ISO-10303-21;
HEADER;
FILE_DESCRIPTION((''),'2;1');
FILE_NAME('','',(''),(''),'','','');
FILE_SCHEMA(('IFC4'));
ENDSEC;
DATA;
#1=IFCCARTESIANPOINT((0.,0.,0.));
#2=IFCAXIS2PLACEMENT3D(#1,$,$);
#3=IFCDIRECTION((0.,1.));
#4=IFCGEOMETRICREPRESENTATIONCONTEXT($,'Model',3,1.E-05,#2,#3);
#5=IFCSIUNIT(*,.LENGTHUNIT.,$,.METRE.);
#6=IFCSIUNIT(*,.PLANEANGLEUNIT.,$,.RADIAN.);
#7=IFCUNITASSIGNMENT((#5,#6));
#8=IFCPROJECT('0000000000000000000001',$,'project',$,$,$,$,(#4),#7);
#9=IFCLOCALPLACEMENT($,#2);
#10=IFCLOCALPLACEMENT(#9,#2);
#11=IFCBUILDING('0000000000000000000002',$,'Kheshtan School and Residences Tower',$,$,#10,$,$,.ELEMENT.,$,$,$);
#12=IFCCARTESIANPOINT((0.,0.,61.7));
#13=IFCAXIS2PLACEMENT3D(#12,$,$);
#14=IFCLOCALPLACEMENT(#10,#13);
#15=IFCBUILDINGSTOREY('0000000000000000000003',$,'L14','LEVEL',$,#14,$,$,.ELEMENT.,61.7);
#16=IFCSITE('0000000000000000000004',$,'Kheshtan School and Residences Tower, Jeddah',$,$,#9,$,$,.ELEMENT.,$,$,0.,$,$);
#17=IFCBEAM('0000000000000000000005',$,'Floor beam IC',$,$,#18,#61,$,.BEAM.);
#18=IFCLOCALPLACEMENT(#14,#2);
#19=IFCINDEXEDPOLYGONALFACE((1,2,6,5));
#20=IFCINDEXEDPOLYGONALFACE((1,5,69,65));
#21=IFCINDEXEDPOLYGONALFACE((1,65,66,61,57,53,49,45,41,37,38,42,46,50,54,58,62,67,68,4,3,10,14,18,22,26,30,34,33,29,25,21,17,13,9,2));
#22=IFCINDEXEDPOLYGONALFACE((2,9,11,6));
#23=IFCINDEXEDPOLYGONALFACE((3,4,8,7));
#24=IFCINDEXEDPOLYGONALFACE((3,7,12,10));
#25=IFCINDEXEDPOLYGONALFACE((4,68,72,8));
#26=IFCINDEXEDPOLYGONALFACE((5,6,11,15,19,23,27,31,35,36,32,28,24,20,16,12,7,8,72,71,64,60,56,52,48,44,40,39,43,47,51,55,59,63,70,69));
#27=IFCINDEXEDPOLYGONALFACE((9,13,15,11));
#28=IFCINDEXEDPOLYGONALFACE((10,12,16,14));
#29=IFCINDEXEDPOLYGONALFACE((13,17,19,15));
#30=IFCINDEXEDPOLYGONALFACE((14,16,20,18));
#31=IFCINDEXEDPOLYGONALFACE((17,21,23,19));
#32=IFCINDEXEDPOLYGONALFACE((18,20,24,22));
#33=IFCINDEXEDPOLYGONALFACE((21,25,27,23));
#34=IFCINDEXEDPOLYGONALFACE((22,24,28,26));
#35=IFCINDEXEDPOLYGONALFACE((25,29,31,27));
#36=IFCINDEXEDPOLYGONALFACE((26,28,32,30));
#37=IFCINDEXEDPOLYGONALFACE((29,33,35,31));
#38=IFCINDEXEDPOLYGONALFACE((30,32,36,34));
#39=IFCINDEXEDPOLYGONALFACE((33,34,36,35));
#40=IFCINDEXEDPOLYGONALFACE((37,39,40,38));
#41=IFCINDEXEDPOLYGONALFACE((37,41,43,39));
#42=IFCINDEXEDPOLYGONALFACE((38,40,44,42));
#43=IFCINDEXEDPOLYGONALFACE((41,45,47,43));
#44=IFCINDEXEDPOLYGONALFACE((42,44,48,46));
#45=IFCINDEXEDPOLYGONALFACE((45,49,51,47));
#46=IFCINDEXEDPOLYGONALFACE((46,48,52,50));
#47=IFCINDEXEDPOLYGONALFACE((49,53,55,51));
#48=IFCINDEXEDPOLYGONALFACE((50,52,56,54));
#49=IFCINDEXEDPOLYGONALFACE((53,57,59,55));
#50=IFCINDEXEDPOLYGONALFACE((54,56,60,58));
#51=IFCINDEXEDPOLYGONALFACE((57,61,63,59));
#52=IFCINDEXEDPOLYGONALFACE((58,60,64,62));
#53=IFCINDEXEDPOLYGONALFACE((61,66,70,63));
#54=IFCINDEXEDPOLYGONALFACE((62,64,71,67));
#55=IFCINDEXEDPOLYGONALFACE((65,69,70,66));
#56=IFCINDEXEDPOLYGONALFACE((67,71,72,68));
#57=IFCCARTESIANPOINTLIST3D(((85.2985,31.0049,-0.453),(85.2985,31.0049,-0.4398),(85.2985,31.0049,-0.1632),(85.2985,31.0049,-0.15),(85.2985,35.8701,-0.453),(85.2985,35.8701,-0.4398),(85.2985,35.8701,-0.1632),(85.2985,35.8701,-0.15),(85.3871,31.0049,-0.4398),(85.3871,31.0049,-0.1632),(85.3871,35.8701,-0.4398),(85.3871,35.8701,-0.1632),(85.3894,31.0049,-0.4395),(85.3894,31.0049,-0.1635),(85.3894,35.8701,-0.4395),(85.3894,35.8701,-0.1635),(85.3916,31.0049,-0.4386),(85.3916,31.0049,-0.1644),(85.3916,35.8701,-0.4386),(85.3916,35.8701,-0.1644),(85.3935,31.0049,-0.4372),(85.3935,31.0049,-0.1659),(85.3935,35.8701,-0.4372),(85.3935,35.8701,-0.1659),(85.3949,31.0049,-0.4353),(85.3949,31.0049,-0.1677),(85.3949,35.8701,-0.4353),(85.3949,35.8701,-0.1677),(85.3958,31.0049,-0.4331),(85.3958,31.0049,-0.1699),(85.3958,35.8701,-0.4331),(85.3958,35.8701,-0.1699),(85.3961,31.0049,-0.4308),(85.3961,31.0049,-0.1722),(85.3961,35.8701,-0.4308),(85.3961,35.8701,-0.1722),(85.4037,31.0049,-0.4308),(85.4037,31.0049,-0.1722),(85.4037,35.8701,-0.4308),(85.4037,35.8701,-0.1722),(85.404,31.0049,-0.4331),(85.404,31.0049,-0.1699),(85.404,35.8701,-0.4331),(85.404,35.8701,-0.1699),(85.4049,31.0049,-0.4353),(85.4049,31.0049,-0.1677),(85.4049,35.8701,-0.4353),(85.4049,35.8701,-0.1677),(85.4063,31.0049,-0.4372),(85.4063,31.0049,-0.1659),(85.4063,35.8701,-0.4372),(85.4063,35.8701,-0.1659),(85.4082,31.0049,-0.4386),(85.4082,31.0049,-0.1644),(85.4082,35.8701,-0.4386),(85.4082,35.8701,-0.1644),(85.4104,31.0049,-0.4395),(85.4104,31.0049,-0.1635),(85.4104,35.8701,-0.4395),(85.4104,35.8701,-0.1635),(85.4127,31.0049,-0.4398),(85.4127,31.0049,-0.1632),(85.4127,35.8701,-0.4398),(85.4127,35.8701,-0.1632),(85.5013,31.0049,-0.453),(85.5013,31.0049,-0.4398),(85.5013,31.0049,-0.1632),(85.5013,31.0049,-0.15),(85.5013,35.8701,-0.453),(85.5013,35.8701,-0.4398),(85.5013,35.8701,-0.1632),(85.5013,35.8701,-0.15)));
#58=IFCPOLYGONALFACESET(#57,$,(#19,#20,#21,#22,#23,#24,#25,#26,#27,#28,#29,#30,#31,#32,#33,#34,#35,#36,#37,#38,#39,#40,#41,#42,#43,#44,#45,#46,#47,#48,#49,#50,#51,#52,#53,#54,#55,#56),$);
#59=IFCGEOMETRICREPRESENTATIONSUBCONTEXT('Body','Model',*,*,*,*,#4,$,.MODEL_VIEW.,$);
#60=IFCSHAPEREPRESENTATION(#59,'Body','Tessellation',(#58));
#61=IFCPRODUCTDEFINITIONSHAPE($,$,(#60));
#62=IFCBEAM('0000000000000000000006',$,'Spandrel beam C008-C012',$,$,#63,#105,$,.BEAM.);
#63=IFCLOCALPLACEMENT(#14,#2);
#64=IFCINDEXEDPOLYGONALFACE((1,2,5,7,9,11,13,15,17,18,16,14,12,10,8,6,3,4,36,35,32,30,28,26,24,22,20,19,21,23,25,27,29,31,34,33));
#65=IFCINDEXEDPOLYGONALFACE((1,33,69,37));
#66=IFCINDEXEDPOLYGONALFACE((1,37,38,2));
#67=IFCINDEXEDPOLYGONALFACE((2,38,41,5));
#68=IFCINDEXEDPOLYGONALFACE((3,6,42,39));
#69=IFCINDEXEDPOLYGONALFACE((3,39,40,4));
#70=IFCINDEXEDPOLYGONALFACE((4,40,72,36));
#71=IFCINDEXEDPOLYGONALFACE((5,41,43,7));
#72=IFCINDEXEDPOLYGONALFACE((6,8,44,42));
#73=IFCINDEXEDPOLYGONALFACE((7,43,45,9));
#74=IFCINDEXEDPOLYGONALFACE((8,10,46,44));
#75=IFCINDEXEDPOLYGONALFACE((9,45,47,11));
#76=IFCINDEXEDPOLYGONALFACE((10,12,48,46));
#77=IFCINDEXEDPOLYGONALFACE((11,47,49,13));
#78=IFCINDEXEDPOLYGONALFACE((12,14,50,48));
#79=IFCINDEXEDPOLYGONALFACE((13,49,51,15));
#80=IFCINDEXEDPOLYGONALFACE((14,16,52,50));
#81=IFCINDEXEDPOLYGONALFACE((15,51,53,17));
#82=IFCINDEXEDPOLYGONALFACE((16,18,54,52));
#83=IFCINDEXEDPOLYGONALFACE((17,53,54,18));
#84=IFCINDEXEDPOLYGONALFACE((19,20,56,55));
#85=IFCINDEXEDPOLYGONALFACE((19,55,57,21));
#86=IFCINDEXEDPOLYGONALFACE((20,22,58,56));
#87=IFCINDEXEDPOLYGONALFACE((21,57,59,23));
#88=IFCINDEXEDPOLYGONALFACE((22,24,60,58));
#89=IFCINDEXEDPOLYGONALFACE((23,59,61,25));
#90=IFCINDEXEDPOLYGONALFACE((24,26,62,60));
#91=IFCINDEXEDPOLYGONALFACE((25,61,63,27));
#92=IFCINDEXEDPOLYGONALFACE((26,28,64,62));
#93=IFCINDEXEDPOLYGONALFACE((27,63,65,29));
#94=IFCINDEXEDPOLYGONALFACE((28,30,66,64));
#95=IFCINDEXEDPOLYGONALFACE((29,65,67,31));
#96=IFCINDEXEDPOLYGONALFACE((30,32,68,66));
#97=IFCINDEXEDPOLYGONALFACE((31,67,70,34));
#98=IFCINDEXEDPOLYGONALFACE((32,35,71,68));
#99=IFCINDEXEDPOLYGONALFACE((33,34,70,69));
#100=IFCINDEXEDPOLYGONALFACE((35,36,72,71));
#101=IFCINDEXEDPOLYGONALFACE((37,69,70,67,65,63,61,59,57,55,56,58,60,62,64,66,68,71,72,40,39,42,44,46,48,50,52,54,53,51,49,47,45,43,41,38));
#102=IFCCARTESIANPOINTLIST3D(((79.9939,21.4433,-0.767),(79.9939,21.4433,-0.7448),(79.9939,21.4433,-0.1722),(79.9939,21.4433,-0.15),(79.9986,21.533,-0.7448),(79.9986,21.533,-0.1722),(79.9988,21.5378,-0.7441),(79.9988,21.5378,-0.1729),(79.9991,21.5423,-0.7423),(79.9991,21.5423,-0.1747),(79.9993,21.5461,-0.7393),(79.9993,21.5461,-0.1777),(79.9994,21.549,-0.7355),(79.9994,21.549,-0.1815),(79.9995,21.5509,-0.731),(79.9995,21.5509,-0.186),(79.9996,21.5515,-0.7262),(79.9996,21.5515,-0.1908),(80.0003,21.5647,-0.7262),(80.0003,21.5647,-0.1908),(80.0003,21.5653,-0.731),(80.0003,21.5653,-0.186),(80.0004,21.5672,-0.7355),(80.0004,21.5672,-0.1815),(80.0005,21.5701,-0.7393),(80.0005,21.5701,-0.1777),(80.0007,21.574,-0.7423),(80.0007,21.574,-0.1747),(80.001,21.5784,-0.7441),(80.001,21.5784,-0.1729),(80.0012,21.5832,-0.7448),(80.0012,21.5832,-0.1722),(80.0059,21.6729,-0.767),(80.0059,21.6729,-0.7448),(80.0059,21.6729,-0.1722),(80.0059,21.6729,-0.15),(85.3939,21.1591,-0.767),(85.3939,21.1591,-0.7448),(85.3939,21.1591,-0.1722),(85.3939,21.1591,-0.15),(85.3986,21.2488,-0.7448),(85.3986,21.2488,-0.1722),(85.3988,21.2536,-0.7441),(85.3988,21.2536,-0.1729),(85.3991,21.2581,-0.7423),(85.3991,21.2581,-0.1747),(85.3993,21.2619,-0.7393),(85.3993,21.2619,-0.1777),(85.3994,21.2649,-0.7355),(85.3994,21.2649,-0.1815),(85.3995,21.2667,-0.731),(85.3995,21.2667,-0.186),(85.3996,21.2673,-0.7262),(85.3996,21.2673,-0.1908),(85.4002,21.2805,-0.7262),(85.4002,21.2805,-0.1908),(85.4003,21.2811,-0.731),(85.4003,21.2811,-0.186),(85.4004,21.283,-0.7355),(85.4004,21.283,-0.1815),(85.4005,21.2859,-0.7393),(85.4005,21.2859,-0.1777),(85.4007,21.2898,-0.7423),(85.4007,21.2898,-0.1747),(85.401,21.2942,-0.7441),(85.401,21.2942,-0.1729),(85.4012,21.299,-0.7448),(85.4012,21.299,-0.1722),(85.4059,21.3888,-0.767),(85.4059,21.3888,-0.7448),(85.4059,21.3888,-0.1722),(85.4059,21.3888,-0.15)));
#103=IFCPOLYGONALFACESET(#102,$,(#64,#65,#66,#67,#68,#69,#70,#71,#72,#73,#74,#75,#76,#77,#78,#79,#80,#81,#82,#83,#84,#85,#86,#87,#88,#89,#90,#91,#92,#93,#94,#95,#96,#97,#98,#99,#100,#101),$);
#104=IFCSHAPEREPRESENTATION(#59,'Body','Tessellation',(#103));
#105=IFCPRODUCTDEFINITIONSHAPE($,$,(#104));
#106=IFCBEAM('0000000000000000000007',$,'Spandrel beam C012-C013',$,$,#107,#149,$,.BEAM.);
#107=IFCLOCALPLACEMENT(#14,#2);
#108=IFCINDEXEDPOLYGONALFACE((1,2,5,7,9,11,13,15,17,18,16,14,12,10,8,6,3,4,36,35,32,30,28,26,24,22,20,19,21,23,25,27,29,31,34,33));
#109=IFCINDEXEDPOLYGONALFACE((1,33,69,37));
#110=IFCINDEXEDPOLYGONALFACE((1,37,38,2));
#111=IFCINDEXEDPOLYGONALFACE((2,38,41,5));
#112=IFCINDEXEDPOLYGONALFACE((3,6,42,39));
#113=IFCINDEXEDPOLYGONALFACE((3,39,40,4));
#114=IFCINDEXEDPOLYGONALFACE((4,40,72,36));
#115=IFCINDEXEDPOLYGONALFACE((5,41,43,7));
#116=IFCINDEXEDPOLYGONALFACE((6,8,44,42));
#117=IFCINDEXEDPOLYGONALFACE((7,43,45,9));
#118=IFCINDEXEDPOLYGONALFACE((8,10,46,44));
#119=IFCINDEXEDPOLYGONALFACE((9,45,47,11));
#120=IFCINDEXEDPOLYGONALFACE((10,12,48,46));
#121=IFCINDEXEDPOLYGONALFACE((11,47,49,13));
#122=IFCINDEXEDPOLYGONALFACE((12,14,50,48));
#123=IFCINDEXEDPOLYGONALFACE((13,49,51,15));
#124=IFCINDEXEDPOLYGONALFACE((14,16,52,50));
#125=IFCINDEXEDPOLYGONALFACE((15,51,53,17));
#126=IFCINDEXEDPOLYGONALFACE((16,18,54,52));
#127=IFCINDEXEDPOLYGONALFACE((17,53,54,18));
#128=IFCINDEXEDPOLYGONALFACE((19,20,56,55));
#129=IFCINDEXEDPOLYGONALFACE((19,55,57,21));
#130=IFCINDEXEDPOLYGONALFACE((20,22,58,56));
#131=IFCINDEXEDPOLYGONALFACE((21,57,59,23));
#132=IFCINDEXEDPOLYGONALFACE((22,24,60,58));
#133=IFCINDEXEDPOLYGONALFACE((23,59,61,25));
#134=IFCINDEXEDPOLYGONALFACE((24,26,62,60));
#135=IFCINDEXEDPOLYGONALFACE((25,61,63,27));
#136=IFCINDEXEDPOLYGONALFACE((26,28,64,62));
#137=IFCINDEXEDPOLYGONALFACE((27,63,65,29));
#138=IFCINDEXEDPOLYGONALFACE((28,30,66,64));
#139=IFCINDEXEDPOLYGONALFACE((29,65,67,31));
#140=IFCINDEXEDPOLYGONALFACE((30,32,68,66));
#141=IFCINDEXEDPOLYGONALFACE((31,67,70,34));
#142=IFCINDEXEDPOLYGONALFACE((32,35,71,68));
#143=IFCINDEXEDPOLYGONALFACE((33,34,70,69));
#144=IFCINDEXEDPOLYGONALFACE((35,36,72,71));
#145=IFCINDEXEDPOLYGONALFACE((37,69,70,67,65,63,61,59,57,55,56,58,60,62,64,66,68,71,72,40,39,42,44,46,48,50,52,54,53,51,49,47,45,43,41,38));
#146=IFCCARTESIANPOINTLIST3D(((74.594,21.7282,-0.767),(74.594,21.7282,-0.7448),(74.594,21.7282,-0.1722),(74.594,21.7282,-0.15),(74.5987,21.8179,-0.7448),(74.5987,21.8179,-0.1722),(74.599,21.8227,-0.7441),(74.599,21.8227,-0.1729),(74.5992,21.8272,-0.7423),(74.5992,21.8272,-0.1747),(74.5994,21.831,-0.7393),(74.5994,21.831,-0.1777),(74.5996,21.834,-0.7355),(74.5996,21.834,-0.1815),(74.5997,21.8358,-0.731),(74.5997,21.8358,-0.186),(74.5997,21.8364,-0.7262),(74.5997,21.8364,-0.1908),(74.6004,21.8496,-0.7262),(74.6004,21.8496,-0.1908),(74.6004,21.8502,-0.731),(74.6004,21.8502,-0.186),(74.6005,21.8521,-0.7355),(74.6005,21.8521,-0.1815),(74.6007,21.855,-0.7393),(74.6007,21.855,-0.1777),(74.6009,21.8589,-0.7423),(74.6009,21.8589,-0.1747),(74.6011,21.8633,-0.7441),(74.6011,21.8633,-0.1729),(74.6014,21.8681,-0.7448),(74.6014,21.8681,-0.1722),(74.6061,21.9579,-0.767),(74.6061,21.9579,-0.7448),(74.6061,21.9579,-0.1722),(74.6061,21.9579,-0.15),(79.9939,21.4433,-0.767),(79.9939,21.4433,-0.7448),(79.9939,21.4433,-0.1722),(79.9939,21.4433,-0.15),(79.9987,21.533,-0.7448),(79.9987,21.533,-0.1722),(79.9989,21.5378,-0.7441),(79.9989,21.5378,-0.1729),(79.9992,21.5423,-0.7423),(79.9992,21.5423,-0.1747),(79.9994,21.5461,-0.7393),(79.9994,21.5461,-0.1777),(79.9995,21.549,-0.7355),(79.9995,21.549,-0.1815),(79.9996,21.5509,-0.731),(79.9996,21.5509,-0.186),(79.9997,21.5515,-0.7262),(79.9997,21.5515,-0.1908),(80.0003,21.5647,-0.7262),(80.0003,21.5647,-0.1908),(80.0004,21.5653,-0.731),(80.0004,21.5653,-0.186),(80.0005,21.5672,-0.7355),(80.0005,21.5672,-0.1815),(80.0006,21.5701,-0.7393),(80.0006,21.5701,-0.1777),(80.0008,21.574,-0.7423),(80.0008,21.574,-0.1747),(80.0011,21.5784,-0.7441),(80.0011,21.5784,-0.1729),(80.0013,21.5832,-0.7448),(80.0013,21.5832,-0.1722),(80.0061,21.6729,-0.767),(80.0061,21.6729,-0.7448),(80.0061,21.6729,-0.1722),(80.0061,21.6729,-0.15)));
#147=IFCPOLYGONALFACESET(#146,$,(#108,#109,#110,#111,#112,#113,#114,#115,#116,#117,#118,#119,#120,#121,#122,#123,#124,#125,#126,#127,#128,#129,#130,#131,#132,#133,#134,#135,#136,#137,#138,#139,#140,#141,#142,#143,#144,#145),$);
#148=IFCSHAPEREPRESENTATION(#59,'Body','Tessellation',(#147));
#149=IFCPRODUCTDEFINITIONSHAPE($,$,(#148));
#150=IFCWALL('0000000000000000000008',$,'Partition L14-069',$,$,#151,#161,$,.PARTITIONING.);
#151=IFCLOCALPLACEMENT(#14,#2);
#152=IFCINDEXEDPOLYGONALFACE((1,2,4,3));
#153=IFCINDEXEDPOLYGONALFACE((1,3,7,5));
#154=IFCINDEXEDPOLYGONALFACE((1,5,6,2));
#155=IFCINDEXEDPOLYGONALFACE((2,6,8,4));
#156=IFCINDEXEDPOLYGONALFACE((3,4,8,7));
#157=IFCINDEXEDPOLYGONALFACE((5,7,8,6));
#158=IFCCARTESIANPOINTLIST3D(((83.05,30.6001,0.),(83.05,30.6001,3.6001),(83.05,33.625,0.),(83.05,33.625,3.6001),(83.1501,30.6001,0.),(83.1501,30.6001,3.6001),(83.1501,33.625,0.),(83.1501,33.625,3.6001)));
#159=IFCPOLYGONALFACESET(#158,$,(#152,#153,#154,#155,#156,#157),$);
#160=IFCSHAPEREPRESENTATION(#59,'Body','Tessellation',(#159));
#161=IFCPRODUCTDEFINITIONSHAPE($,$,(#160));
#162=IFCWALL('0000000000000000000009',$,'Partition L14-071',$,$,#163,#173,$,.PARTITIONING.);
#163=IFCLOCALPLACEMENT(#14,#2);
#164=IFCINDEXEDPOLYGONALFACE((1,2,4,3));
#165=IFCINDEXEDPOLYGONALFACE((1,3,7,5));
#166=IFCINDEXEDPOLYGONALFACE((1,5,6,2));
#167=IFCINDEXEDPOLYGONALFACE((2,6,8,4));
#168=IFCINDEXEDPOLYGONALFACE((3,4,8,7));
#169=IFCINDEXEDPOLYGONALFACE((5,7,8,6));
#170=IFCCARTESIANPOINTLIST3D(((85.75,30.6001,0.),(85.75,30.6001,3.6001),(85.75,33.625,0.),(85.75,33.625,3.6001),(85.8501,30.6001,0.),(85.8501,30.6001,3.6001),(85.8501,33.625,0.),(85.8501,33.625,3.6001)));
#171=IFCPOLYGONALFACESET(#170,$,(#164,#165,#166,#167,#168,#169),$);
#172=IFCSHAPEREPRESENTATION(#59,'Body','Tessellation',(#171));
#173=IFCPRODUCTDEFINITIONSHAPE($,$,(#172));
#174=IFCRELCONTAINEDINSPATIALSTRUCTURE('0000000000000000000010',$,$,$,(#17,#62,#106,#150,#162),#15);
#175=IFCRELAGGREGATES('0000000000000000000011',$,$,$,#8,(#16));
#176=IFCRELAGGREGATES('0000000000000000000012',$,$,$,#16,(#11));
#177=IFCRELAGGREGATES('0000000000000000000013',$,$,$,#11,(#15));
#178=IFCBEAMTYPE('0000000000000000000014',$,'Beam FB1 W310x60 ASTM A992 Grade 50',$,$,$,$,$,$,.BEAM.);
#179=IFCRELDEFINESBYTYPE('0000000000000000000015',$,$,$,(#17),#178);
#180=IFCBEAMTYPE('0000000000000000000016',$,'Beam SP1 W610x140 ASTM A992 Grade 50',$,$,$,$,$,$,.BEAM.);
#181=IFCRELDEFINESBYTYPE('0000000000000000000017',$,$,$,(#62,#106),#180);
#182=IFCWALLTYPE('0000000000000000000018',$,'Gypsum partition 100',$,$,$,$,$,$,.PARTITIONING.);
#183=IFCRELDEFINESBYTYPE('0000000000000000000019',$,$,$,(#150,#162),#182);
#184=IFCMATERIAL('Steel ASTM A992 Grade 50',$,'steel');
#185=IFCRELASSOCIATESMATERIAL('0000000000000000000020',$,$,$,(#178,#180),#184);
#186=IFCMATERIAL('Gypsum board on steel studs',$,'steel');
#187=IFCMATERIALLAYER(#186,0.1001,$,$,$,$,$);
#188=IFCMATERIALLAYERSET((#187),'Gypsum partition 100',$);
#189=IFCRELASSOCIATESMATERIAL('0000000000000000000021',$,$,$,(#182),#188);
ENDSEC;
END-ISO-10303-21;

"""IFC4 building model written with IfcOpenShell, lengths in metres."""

from ifc_helpers import new_model, si_unit, direction, frame, frame_2d, origin, origin_2d, place, context, subcontext, project, spatial, rectangle, i_section, extrude, material, layer, layer_set, material_profile, profile_set, type_object, element, save


model = new_model("IFC4")

# Units and contexts
model_context = context("Model", 3, precision=1e-05, world=origin(), true_north=direction((0.0, 1.0)))
body_context = subcontext(model_context, "Body", "Model", "MODEL_VIEW")
ifc_project = project(units=[si_unit("LENGTHUNIT", "METRE"), si_unit("PLANEANGLEUNIT", "RADIAN")], contexts=[model_context])

# Site, building, storey
site_placement = place(None, origin())
site = spatial("IfcSite", under=ifc_project, at=site_placement, Name="Kheshtan School and Residences Tower, Jeddah", CompositionType="ELEMENT", RefElevation=0.0)
building_placement = place(site_placement, origin())
building = spatial("IfcBuilding", under=site, at=building_placement, Name="Kheshtan School and Residences Tower", CompositionType="ELEMENT")
storey_placement = place(building_placement, frame((0.0, 0.0, 61.7)))
storey = spatial("IfcBuildingStorey", under=building, at=storey_placement, Name="L14", Description="LEVEL", CompositionType="ELEMENT", Elevation=61.7)

# Shared definitions
ifc_material_1 = material(Name="Steel ASTM A992 Grade 50", Category="steel")

# Beams
ifc_material_profile_1 = material_profile(ifc_material_1, i_section(OverallWidth=0.2029, OverallDepth=0.303, WebThickness=0.0076, FlangeThickness=0.0132, FilletRadius=0.009, at=origin_2d()), Name="W310x60")
ifc_profile_set_1 = profile_set([ifc_material_profile_1], Name="Steel ASTM A992 Grade 50")
beam_type_1 = type_object("IfcBeamType", Name="Beam FB1 W310x60 ASTM A992 Grade 50", PredefinedType="BEAM", material=ifc_profile_set_1)
beam_placement = place(storey_placement, frame((85.3999, 31.0049, -0.3015), z_axis=(0.0, 1.0, 0.0), x_axis=(-1.0, 0.0, 0.0)))
element("IfcBeam", 1, at=beam_placement, inside=storey, type_object=beam_type_1, Name="Floor beam IC", PredefinedType="BEAM", context=body_context, shape_type="SweptSolid", body=[
    extrude(i_section(OverallWidth=0.2029, OverallDepth=0.303, WebThickness=0.0076, FlangeThickness=0.0132, FilletRadius=0.009, at=origin_2d()), origin(), (0.0, 0.0, 1.0), 4.8652),
])
ifc_material_profile_2 = material_profile(ifc_material_1, i_section(OverallWidth=0.23, OverallDepth=0.6169, WebThickness=0.0132, FlangeThickness=0.0222, FilletRadius=0.0186, at=origin_2d()), Name="W610x140")
ifc_profile_set_2 = profile_set([ifc_material_profile_2], Name="Steel ASTM A992 Grade 50")
beam_type_2 = type_object("IfcBeamType", Name="Beam SP1 W610x140 ASTM A992 Grade 50", PredefinedType="BEAM", material=ifc_profile_set_2)
for number, where, z_axis, x_axis, name in (
    (2, (85.3999, 21.2739, -0.4585), (-0.998618, 0.052554, 0.0), (-0.052554, -0.998618, 0.0), "Spandrel beam C008-C012"),
    (3, (80.0, 21.5581, -0.4585), (-0.998611, 0.052689, 0.0), (-0.052689, -0.998611, 0.0), "Spandrel beam C012-C013"),
):
    element("IfcBeam", number, at=place(storey_placement, frame(where, z_axis=z_axis, x_axis=x_axis)), inside=storey, type_object=beam_type_2, Name=name, PredefinedType="BEAM", context=body_context, shape_type="SweptSolid", body=[
        extrude(i_section(OverallWidth=0.23, OverallDepth=0.6169, WebThickness=0.0132, FlangeThickness=0.0222, FilletRadius=0.0186, at=origin_2d()), origin(), (0.0, 0.0, 1.0), 5.4075),
    ])

# Walls
ifc_material_2 = material(Name="Gypsum board on steel studs", Category="steel")
ifc_layer_1 = layer(ifc_material_2, 0.1001)
ifc_layer_set_1 = layer_set([ifc_layer_1], Name="Gypsum partition 100")
wall_type_1 = type_object("IfcWallType", Name="Gypsum partition 100", PredefinedType="PARTITIONING", material=ifc_layer_set_1)
for number, where, z_axis, x_axis, name in (
    (4, (83.1001, 30.6001, 0.0), (0.0, 0.0, 1.0), (0.0, 1.0, 0.0), "Partition L14-069"),
    (5, (85.8, 30.6001, 0.0), (0.0, 0.0, 1.0), (0.0, 1.0, 0.0), "Partition L14-071"),
):
    element("IfcWall", number, at=place(storey_placement, frame(where, z_axis=z_axis, x_axis=x_axis)), inside=storey, type_object=wall_type_1, Name=name, PredefinedType="PARTITIONING", context=body_context, shape_type="SweptSolid", body=[
        extrude(rectangle(XDim=3.0249, YDim=0.1001, at=frame_2d((1.5125, 0.0))), origin(), (0.0, 0.0, 1.0), 3.6001),
    ])

save(model, "model.ifc")
